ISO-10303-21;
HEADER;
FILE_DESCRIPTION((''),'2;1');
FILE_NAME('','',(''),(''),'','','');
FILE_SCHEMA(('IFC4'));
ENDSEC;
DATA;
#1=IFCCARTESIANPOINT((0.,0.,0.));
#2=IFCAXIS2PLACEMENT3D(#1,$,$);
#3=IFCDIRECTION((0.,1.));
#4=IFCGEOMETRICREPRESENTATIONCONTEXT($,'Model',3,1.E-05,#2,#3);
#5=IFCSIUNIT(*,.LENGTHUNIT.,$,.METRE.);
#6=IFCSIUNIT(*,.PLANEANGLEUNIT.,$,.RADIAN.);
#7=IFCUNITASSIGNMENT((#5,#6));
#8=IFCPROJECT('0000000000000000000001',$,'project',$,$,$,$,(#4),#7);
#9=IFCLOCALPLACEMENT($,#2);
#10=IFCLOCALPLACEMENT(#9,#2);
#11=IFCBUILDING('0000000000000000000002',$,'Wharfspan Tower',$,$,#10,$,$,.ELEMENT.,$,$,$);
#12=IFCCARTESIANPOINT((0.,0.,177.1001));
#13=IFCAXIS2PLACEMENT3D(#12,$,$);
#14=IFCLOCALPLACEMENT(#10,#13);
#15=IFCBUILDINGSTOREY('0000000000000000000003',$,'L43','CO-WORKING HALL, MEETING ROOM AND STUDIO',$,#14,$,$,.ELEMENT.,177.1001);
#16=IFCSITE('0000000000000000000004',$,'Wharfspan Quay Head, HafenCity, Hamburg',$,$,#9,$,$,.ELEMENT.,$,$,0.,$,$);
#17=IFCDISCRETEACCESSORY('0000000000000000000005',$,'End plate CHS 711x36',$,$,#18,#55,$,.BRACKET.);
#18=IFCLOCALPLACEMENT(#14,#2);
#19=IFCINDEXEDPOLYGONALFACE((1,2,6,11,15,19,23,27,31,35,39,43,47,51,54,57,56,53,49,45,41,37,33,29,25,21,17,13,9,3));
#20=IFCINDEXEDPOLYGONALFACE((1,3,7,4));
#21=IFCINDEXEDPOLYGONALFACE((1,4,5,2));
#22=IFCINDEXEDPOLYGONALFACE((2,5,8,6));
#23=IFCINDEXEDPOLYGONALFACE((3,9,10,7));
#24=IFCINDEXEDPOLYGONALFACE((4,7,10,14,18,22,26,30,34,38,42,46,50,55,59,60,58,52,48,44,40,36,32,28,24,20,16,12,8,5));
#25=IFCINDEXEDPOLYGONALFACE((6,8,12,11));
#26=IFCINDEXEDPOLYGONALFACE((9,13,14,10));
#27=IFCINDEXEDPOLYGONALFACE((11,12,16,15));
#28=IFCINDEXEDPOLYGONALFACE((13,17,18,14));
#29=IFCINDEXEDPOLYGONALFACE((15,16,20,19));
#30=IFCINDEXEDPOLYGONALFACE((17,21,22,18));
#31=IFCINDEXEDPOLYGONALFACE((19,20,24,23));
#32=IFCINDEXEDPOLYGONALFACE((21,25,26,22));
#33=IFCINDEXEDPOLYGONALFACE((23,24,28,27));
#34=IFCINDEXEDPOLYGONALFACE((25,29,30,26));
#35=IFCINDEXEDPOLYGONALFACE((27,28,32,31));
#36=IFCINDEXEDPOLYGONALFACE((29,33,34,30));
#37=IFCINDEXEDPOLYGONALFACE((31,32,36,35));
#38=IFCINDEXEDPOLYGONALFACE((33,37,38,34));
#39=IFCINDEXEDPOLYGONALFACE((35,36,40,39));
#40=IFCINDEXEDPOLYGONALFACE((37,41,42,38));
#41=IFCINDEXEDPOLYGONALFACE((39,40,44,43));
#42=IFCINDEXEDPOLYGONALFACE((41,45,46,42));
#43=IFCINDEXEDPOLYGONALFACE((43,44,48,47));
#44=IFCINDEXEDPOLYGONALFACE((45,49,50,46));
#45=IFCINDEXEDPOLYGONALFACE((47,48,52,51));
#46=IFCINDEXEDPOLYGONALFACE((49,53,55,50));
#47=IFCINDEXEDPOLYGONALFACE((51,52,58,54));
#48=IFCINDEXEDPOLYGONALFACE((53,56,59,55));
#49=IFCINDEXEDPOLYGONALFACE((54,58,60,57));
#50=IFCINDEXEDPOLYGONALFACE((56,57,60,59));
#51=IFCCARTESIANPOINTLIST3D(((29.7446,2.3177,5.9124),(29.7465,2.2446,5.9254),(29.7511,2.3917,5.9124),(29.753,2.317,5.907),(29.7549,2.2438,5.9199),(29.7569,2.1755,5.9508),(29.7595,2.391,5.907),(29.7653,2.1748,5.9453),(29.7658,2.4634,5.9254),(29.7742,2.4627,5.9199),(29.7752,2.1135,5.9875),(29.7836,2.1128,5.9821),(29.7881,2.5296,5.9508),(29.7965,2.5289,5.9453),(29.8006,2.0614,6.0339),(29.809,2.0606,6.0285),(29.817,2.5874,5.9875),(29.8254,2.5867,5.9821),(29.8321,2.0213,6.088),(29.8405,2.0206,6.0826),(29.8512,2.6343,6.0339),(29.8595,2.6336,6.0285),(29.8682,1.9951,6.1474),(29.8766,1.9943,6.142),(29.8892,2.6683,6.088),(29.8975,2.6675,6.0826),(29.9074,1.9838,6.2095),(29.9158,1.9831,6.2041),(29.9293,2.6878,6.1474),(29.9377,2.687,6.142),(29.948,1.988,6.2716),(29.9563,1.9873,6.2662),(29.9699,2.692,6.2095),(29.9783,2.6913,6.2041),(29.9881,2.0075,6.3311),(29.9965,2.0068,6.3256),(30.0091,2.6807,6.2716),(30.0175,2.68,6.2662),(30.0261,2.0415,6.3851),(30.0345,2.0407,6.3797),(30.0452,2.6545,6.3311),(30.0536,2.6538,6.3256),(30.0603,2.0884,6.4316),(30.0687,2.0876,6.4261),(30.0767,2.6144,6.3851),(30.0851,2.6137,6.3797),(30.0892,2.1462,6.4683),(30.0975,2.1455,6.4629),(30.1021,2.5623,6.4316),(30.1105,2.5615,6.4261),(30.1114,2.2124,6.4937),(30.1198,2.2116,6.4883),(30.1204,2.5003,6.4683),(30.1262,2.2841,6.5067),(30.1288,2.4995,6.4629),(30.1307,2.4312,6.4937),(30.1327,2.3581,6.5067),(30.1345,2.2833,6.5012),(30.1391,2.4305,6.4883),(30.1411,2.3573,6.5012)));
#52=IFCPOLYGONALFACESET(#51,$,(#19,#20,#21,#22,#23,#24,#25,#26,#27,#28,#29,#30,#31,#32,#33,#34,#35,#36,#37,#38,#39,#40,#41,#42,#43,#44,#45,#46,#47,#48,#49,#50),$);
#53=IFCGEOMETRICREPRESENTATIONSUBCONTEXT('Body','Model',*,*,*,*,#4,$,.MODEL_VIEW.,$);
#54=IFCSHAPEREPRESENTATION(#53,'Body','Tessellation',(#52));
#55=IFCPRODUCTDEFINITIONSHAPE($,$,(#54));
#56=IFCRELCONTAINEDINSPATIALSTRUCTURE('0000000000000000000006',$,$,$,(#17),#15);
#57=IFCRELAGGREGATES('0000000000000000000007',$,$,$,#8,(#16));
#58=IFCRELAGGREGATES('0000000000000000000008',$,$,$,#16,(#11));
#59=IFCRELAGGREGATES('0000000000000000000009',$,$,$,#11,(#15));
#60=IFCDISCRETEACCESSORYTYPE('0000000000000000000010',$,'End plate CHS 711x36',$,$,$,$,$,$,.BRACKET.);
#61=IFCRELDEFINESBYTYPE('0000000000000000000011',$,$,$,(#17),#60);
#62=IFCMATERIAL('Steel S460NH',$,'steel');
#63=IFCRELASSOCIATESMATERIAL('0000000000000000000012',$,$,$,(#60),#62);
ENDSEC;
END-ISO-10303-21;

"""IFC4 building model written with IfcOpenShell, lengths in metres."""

from ifc_helpers import new_model, si_unit, direction, frame, origin, origin_2d, place, context, subcontext, project, spatial, circle, extrude, material, material_profile, profile_set, type_object, element, save


model = new_model("IFC4")

# Units and contexts
model_context = context("Model", 3, precision=1e-05, world=origin(), true_north=direction((0.0, 1.0)))
body_context = subcontext(model_context, "Body", "Model", "MODEL_VIEW")
ifc_project = project(units=[si_unit("LENGTHUNIT", "METRE"), si_unit("PLANEANGLEUNIT", "RADIAN")], contexts=[model_context])

# Site, building, storey
site_placement = place(None, origin())
site = spatial("IfcSite", under=ifc_project, at=site_placement, Name="Wharfspan Quay Head, HafenCity, Hamburg", CompositionType="ELEMENT", RefElevation=0.0)
building_placement = place(site_placement, origin())
building = spatial("IfcBuilding", under=site, at=building_placement, Name="Wharfspan Tower", CompositionType="ELEMENT")
storey_placement = place(building_placement, frame((0.0, 0.0, 177.1001)))
storey = spatial("IfcBuildingStorey", under=building, at=storey_placement, Name="L43", Description="CO-WORKING HALL, MEETING ROOM AND STUDIO", CompositionType="ELEMENT", Elevation=177.1001)

# Shared definitions
ifc_material_1 = material(Name="Steel S460NH", Category="steel")

# Discrete accessory
ifc_material_profile_1 = material_profile(ifc_material_1, circle(Radius=0.3555, at=origin_2d()))
ifc_profile_set_1 = profile_set([ifc_material_profile_1], Name="Steel S460NH")
discrete_accessory_type = type_object("IfcDiscreteAccessoryType", Name="End plate CHS 711x36", PredefinedType="BRACKET", material=ifc_profile_set_1)
for number, where, z_axis, x_axis, name in (
    (1, (29.947, 2.3372, 6.2041), (-0.837276, 0.073877, 0.541767), (-0.087893, -0.996132, 0.000001), "End plate CHS 711x36"),
):
    element("IfcDiscreteAccessory", number, at=place(storey_placement, frame(where, z_axis=z_axis, x_axis=x_axis)), inside=storey, type_object=discrete_accessory_type, Name=name, PredefinedType="BRACKET", context=body_context, shape_type="SweptSolid", body=[
        extrude(circle(Radius=0.3555, at=origin_2d()), origin(), (0.0, 0.0, 1.0), 0.01),
    ])

save(model, "model.ifc")
